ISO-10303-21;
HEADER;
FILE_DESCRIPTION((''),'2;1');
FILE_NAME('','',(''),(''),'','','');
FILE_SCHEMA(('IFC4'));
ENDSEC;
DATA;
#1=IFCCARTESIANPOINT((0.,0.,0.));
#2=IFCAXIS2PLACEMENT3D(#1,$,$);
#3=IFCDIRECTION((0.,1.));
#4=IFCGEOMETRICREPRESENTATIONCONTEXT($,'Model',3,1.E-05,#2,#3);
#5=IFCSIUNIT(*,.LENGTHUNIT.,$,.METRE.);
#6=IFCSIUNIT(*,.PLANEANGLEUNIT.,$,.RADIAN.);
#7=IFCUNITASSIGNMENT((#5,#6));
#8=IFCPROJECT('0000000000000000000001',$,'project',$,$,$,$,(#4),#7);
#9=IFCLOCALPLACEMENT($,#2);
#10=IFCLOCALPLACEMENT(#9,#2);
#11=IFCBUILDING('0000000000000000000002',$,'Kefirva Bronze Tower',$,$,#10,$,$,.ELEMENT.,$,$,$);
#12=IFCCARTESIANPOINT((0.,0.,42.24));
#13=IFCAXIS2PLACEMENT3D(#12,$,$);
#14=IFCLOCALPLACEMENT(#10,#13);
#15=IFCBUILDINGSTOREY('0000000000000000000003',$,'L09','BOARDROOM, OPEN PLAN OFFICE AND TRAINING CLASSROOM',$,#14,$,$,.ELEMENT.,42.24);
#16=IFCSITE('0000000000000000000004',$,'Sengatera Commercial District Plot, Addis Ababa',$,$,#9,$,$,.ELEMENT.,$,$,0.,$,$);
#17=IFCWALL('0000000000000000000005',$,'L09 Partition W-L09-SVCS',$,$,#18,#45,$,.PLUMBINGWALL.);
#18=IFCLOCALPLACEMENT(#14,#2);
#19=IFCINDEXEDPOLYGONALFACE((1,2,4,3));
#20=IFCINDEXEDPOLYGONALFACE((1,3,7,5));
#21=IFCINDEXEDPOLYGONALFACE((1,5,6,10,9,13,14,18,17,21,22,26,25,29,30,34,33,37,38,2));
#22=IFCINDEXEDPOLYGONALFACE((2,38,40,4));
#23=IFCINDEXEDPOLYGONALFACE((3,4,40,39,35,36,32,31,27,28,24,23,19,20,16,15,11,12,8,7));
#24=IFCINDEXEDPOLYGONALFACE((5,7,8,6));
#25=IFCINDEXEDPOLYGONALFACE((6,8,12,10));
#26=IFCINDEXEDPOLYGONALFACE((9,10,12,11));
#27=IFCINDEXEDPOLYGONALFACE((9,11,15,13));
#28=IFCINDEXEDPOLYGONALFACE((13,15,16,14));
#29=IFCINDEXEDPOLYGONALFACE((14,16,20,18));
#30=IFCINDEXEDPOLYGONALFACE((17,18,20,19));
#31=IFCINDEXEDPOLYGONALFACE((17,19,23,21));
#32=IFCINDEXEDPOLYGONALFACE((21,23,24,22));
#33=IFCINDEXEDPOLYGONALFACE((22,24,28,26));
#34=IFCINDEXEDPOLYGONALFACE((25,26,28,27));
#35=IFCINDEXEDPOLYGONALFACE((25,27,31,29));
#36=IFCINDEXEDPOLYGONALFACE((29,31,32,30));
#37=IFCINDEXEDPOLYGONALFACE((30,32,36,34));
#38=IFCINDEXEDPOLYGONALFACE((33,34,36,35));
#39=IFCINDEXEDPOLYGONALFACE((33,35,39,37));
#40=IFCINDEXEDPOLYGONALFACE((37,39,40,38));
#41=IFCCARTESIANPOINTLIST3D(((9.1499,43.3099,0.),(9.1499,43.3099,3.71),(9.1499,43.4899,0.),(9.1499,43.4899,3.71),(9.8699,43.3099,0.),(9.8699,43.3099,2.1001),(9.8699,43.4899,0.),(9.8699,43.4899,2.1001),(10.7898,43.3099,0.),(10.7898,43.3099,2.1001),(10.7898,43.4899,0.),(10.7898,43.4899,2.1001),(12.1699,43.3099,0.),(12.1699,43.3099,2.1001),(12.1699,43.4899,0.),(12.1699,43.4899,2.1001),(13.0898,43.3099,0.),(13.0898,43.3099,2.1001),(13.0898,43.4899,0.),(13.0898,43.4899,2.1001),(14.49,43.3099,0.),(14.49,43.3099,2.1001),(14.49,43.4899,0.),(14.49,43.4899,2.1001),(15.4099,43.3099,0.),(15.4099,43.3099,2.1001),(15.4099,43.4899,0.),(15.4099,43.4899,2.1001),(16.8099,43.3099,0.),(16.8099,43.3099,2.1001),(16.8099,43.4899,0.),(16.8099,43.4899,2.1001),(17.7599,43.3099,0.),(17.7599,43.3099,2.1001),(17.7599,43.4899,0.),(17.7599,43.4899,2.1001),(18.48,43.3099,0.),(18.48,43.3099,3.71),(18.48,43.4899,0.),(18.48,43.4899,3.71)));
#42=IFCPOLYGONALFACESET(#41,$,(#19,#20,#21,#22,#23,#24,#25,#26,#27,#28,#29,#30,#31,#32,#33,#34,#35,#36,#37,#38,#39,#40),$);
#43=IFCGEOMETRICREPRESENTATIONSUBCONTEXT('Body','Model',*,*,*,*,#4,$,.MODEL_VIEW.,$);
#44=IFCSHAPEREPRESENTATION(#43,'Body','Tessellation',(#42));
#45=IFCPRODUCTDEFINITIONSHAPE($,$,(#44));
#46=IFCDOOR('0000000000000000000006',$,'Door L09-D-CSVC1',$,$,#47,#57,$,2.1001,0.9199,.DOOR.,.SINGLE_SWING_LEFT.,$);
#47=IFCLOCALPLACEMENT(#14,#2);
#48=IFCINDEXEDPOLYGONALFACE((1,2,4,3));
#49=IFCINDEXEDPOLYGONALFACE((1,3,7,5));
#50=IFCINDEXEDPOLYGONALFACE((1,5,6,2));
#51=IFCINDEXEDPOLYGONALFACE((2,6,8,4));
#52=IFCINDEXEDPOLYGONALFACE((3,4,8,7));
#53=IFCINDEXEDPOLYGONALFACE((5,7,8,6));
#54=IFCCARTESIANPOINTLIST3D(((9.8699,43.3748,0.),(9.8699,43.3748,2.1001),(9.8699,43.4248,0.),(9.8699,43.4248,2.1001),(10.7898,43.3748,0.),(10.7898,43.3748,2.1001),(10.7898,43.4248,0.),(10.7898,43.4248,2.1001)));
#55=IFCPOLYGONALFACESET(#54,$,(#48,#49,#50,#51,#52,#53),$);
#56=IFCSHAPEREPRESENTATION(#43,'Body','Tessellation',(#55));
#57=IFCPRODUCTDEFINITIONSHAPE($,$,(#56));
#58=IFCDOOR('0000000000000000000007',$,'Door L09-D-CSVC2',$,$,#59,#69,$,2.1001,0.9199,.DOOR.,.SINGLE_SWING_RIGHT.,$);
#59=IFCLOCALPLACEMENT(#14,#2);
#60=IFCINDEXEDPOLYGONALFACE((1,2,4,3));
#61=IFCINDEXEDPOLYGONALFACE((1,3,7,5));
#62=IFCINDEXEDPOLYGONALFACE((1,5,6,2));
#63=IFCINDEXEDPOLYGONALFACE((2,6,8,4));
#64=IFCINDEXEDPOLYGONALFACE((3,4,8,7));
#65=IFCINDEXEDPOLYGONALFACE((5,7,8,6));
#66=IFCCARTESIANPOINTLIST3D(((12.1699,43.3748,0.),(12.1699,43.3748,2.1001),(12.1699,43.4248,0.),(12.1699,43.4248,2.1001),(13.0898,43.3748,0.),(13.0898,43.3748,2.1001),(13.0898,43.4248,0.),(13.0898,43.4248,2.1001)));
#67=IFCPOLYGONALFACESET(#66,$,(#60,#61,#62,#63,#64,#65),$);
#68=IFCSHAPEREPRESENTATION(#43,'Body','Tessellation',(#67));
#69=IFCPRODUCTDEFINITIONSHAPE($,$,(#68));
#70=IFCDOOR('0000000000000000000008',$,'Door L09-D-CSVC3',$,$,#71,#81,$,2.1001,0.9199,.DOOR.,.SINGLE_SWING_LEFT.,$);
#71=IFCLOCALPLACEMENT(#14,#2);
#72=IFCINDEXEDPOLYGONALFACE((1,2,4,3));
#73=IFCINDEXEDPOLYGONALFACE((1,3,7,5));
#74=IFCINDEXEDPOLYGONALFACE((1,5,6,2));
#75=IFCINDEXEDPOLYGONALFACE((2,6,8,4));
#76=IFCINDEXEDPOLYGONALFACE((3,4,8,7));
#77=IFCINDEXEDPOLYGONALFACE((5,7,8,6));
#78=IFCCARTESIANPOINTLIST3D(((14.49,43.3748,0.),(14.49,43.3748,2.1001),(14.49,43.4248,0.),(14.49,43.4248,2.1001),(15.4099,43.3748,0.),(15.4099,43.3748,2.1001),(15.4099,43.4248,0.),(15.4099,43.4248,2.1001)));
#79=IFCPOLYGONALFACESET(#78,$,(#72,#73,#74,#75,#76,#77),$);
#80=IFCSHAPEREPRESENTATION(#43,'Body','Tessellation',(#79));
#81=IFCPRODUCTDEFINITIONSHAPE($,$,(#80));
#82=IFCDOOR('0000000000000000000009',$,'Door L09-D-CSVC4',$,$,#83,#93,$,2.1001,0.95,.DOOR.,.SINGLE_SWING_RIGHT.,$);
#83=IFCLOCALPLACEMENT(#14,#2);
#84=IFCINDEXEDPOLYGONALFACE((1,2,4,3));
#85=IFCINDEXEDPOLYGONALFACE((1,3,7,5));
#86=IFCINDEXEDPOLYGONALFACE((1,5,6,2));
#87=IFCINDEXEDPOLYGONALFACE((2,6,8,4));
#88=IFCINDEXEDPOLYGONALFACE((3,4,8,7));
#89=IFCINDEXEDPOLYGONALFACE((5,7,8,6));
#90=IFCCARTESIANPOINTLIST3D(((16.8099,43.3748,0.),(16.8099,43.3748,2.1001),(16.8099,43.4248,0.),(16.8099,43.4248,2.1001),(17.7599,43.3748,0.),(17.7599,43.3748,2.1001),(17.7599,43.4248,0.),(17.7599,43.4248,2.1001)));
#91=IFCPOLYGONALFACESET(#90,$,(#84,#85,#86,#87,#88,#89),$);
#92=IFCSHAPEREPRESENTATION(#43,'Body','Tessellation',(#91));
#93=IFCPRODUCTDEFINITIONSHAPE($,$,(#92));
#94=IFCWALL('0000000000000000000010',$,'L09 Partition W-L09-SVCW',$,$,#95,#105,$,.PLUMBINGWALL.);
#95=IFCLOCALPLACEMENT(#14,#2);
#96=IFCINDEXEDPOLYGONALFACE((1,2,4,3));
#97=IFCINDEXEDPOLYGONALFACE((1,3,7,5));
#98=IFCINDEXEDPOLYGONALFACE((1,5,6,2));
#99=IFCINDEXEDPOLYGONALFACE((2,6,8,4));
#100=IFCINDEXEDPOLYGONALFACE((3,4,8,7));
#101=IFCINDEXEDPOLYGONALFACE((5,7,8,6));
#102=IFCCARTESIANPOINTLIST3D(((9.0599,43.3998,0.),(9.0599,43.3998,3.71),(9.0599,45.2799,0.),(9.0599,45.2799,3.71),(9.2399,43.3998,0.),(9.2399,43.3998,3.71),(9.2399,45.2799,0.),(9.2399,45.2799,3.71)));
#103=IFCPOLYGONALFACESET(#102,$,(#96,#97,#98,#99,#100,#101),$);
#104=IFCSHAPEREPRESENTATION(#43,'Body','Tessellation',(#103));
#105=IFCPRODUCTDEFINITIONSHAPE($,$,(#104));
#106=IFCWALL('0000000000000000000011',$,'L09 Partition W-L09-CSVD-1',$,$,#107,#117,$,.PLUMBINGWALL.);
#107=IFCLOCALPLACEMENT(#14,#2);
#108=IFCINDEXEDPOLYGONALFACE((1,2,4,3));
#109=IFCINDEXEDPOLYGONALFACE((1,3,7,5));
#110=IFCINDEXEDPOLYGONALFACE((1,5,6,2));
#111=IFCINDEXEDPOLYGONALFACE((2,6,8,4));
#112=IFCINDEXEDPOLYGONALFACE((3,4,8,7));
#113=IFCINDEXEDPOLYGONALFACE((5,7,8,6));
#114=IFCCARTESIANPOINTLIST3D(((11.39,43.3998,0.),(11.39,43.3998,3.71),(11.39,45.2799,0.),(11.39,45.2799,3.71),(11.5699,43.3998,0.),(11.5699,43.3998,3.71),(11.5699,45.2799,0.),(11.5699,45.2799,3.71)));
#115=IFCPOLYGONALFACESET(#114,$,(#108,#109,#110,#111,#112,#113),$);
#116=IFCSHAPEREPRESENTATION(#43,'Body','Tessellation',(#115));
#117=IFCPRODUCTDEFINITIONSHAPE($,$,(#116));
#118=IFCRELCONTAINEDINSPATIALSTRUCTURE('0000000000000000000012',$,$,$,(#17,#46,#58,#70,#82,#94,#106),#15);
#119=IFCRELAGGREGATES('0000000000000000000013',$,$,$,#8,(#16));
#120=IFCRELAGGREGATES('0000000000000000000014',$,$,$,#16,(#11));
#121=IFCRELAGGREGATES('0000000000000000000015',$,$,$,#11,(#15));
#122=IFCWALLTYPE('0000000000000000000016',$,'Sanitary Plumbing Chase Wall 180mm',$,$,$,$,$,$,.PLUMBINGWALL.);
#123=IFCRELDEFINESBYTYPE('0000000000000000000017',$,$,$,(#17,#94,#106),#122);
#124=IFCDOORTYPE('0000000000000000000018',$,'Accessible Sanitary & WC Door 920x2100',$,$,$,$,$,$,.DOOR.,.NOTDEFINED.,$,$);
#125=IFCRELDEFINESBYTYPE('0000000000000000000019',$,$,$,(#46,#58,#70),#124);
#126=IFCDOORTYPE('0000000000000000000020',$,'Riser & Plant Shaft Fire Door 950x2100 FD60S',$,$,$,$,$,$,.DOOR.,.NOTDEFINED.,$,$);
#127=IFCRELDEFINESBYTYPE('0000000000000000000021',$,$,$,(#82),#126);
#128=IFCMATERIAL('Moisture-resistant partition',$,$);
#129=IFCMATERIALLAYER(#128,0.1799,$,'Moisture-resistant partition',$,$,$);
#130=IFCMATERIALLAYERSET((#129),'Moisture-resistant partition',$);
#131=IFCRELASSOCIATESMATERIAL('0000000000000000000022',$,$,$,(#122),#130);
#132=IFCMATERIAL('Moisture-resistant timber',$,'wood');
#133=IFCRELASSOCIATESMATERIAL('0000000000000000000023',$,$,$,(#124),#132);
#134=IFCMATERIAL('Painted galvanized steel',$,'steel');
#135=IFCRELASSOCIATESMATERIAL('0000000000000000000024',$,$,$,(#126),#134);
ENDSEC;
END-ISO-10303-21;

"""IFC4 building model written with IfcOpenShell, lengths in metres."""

from ifc_helpers import new_model, si_unit, direction, frame, frame_2d, origin, place, context, subcontext, project, spatial, rectangle, extrude, material, layer, layer_set, type_object, element, fill, save


model = new_model("IFC4")

# Units and contexts
model_context = context("Model", 3, precision=1e-05, world=origin(), true_north=direction((0.0, 1.0)))
body_context = subcontext(model_context, "Body", "Model", "MODEL_VIEW")
ifc_project = project(units=[si_unit("LENGTHUNIT", "METRE"), si_unit("PLANEANGLEUNIT", "RADIAN")], contexts=[model_context])

# Site, building, storey
site_placement = place(None, origin())
site = spatial("IfcSite", under=ifc_project, at=site_placement, Name="Sengatera Commercial District Plot, Addis Ababa", CompositionType="ELEMENT", RefElevation=0.0)
building_placement = place(site_placement, origin())
building = spatial("IfcBuilding", under=site, at=building_placement, Name="Kefirva Bronze Tower", CompositionType="ELEMENT")
storey_placement = place(building_placement, frame((0.0, 0.0, 42.24)))
storey = spatial("IfcBuildingStorey", under=building, at=storey_placement, Name="L09", Description="BOARDROOM, OPEN PLAN OFFICE AND TRAINING CLASSROOM", CompositionType="ELEMENT", Elevation=42.24)

# Wall, openings, doors
ifc_material_1 = material(Name="Moisture-resistant partition")
ifc_layer_1 = layer(ifc_material_1, 0.1799, Name="Moisture-resistant partition")
ifc_layer_set_1 = layer_set([ifc_layer_1], Name="Moisture-resistant partition")
wall_type_1 = type_object("IfcWallType", Name="Sanitary Plumbing Chase Wall 180mm", PredefinedType="PLUMBINGWALL", material=ifc_layer_set_1)
wall_1_placement = place(storey_placement, frame((9.1499, 43.3999, 0.0), z_axis=(0.0, 0.0, 1.0), x_axis=(1.0, 0.0, 0.0)))
wall_1 = element("IfcWall", 1, at=wall_1_placement, inside=storey, type_object=wall_type_1, Name="L09 Partition W-L09-SVCS", PredefinedType="PLUMBINGWALL", context=body_context, shape_type="SweptSolid", body=[
    extrude(rectangle(XDim=9.3301, YDim=0.1799, at=frame_2d((4.665, 0.0))), origin(), (0.0, 0.0, 1.0), 3.71),
])
opening_1_placement = place(wall_1_placement, frame((0.72, 0.0, 0.0)))
opening_1 = element("IfcOpeningElement", 2, at=opening_1_placement, cuts=wall_1, PredefinedType="OPENING", context=body_context, shape_type="SweptSolid", body=[
    extrude(rectangle(XDim=0.9199, YDim=2.1001, at=frame_2d((0.46, 1.05))), frame((0.0, 0.1001, 0.0), z_axis=(0.0, -1.0, 0.0), x_axis=(1.0, 0.0, 0.0)), (0.0, 0.0, 1.0), 0.2),
])
opening_2_placement = place(wall_1_placement, frame((3.02, 0.0, 0.0)))
opening_2 = element("IfcOpeningElement", 3, at=opening_2_placement, cuts=wall_1, PredefinedType="OPENING", context=body_context, shape_type="SweptSolid", body=[
    extrude(rectangle(XDim=0.9199, YDim=2.1001, at=frame_2d((0.46, 1.05))), frame((0.0, 0.1001, 0.0), z_axis=(0.0, -1.0, 0.0), x_axis=(1.0, 0.0, 0.0)), (0.0, 0.0, 1.0), 0.2),
])
opening_3_placement = place(wall_1_placement, frame((5.3401, 0.0, 0.0)))
opening_3 = element("IfcOpeningElement", 4, at=opening_3_placement, cuts=wall_1, PredefinedType="OPENING", context=body_context, shape_type="SweptSolid", body=[
    extrude(rectangle(XDim=0.9199, YDim=2.1001, at=frame_2d((0.46, 1.05))), frame((0.0, 0.1001, 0.0), z_axis=(0.0, -1.0, 0.0), x_axis=(1.0, 0.0, 0.0)), (0.0, 0.0, 1.0), 0.2),
])
opening_4_placement = place(wall_1_placement, frame((7.6599, 0.0, 0.0)))
opening_4 = element("IfcOpeningElement", 5, at=opening_4_placement, cuts=wall_1, PredefinedType="OPENING", context=body_context, shape_type="SweptSolid", body=[
    extrude(rectangle(XDim=0.95, YDim=2.1001, at=frame_2d((0.4751, 1.05))), frame((0.0, 0.1001, 0.0), z_axis=(0.0, -1.0, 0.0), x_axis=(1.0, 0.0, 0.0)), (0.0, 0.0, 1.0), 0.2),
])
ifc_material_2 = material(Name="Moisture-resistant timber", Category="wood")
door_type_1 = type_object("IfcDoorType", Name="Accessible Sanitary & WC Door 920x2100", OperationType="NOTDEFINED", PredefinedType="DOOR", material=ifc_material_2)
door_1_placement = place(opening_1_placement, origin())
door_1 = element("IfcDoor", 6, at=door_1_placement, inside=storey, type_object=door_type_1, Name="Door L09-D-CSVC1", OperationType="SINGLE_SWING_LEFT", OverallHeight=2.1001, OverallWidth=0.9199, PredefinedType="DOOR", context=body_context, shape_type="SweptSolid", body=[
    extrude(rectangle(XDim=0.9199, YDim=2.1001, at=frame_2d((0.46, 1.05))), frame((0.0, 0.0249, 0.0), z_axis=(0.0, -1.0, 0.0), x_axis=(1.0, 0.0, 0.0)), (0.0, 0.0, 1.0), 0.05),
])
fill(opening_1, door_1)
door_2_placement = place(opening_2_placement, origin())
door_2 = element("IfcDoor", 7, at=door_2_placement, inside=storey, type_object=door_type_1, Name="Door L09-D-CSVC2", OperationType="SINGLE_SWING_RIGHT", OverallHeight=2.1001, OverallWidth=0.9199, PredefinedType="DOOR", context=body_context, shape_type="SweptSolid", body=[
    extrude(rectangle(XDim=0.9199, YDim=2.1001, at=frame_2d((0.46, 1.05))), frame((0.0, 0.0249, 0.0), z_axis=(0.0, -1.0, 0.0), x_axis=(1.0, 0.0, 0.0)), (0.0, 0.0, 1.0), 0.05),
])
fill(opening_2, door_2)
door_3_placement = place(opening_3_placement, origin())
door_3 = element("IfcDoor", 8, at=door_3_placement, inside=storey, type_object=door_type_1, Name="Door L09-D-CSVC3", OperationType="SINGLE_SWING_LEFT", OverallHeight=2.1001, OverallWidth=0.9199, PredefinedType="DOOR", context=body_context, shape_type="SweptSolid", body=[
    extrude(rectangle(XDim=0.9199, YDim=2.1001, at=frame_2d((0.46, 1.05))), frame((0.0, 0.0249, 0.0), z_axis=(0.0, -1.0, 0.0), x_axis=(1.0, 0.0, 0.0)), (0.0, 0.0, 1.0), 0.05),
])
fill(opening_3, door_3)
ifc_material_3 = material(Name="Painted galvanized steel", Category="steel")
door_type_2 = type_object("IfcDoorType", Name="Riser & Plant Shaft Fire Door 950x2100 FD60S", OperationType="NOTDEFINED", PredefinedType="DOOR", material=ifc_material_3)
door_4_placement = place(opening_4_placement, origin())
door_4 = element("IfcDoor", 9, at=door_4_placement, inside=storey, type_object=door_type_2, Name="Door L09-D-CSVC4", OperationType="SINGLE_SWING_RIGHT", OverallHeight=2.1001, OverallWidth=0.95, PredefinedType="DOOR", context=body_context, shape_type="SweptSolid", body=[
    extrude(rectangle(XDim=0.95, YDim=2.1001, at=frame_2d((0.4751, 1.05))), frame((0.0, 0.0249, 0.0), z_axis=(0.0, -1.0, 0.0), x_axis=(1.0, 0.0, 0.0)), (0.0, 0.0, 1.0), 0.05),
])
fill(opening_4, door_4)

# Walls
for number, where, z_axis, x_axis, name in (
    (10, (9.1499, 43.3999, 0.0), (0.0, 0.0, 1.0), (0.0, 1.0, 0.0), "L09 Partition W-L09-SVCW"),
    (11, (11.48, 43.3999, 0.0), (0.0, 0.0, 1.0), (0.0, 1.0, 0.0), "L09 Partition W-L09-CSVD-1"),
):
    element("IfcWall", number, at=place(storey_placement, frame(where, z_axis=z_axis, x_axis=x_axis)), inside=storey, type_object=wall_type_1, Name=name, PredefinedType="PLUMBINGWALL", context=body_context, shape_type="SweptSolid", body=[
        extrude(rectangle(XDim=1.8801, YDim=0.1799, at=frame_2d((0.9399, 0.0))), origin(), (0.0, 0.0, 1.0), 3.71),
    ])

save(model, "model.ifc")
